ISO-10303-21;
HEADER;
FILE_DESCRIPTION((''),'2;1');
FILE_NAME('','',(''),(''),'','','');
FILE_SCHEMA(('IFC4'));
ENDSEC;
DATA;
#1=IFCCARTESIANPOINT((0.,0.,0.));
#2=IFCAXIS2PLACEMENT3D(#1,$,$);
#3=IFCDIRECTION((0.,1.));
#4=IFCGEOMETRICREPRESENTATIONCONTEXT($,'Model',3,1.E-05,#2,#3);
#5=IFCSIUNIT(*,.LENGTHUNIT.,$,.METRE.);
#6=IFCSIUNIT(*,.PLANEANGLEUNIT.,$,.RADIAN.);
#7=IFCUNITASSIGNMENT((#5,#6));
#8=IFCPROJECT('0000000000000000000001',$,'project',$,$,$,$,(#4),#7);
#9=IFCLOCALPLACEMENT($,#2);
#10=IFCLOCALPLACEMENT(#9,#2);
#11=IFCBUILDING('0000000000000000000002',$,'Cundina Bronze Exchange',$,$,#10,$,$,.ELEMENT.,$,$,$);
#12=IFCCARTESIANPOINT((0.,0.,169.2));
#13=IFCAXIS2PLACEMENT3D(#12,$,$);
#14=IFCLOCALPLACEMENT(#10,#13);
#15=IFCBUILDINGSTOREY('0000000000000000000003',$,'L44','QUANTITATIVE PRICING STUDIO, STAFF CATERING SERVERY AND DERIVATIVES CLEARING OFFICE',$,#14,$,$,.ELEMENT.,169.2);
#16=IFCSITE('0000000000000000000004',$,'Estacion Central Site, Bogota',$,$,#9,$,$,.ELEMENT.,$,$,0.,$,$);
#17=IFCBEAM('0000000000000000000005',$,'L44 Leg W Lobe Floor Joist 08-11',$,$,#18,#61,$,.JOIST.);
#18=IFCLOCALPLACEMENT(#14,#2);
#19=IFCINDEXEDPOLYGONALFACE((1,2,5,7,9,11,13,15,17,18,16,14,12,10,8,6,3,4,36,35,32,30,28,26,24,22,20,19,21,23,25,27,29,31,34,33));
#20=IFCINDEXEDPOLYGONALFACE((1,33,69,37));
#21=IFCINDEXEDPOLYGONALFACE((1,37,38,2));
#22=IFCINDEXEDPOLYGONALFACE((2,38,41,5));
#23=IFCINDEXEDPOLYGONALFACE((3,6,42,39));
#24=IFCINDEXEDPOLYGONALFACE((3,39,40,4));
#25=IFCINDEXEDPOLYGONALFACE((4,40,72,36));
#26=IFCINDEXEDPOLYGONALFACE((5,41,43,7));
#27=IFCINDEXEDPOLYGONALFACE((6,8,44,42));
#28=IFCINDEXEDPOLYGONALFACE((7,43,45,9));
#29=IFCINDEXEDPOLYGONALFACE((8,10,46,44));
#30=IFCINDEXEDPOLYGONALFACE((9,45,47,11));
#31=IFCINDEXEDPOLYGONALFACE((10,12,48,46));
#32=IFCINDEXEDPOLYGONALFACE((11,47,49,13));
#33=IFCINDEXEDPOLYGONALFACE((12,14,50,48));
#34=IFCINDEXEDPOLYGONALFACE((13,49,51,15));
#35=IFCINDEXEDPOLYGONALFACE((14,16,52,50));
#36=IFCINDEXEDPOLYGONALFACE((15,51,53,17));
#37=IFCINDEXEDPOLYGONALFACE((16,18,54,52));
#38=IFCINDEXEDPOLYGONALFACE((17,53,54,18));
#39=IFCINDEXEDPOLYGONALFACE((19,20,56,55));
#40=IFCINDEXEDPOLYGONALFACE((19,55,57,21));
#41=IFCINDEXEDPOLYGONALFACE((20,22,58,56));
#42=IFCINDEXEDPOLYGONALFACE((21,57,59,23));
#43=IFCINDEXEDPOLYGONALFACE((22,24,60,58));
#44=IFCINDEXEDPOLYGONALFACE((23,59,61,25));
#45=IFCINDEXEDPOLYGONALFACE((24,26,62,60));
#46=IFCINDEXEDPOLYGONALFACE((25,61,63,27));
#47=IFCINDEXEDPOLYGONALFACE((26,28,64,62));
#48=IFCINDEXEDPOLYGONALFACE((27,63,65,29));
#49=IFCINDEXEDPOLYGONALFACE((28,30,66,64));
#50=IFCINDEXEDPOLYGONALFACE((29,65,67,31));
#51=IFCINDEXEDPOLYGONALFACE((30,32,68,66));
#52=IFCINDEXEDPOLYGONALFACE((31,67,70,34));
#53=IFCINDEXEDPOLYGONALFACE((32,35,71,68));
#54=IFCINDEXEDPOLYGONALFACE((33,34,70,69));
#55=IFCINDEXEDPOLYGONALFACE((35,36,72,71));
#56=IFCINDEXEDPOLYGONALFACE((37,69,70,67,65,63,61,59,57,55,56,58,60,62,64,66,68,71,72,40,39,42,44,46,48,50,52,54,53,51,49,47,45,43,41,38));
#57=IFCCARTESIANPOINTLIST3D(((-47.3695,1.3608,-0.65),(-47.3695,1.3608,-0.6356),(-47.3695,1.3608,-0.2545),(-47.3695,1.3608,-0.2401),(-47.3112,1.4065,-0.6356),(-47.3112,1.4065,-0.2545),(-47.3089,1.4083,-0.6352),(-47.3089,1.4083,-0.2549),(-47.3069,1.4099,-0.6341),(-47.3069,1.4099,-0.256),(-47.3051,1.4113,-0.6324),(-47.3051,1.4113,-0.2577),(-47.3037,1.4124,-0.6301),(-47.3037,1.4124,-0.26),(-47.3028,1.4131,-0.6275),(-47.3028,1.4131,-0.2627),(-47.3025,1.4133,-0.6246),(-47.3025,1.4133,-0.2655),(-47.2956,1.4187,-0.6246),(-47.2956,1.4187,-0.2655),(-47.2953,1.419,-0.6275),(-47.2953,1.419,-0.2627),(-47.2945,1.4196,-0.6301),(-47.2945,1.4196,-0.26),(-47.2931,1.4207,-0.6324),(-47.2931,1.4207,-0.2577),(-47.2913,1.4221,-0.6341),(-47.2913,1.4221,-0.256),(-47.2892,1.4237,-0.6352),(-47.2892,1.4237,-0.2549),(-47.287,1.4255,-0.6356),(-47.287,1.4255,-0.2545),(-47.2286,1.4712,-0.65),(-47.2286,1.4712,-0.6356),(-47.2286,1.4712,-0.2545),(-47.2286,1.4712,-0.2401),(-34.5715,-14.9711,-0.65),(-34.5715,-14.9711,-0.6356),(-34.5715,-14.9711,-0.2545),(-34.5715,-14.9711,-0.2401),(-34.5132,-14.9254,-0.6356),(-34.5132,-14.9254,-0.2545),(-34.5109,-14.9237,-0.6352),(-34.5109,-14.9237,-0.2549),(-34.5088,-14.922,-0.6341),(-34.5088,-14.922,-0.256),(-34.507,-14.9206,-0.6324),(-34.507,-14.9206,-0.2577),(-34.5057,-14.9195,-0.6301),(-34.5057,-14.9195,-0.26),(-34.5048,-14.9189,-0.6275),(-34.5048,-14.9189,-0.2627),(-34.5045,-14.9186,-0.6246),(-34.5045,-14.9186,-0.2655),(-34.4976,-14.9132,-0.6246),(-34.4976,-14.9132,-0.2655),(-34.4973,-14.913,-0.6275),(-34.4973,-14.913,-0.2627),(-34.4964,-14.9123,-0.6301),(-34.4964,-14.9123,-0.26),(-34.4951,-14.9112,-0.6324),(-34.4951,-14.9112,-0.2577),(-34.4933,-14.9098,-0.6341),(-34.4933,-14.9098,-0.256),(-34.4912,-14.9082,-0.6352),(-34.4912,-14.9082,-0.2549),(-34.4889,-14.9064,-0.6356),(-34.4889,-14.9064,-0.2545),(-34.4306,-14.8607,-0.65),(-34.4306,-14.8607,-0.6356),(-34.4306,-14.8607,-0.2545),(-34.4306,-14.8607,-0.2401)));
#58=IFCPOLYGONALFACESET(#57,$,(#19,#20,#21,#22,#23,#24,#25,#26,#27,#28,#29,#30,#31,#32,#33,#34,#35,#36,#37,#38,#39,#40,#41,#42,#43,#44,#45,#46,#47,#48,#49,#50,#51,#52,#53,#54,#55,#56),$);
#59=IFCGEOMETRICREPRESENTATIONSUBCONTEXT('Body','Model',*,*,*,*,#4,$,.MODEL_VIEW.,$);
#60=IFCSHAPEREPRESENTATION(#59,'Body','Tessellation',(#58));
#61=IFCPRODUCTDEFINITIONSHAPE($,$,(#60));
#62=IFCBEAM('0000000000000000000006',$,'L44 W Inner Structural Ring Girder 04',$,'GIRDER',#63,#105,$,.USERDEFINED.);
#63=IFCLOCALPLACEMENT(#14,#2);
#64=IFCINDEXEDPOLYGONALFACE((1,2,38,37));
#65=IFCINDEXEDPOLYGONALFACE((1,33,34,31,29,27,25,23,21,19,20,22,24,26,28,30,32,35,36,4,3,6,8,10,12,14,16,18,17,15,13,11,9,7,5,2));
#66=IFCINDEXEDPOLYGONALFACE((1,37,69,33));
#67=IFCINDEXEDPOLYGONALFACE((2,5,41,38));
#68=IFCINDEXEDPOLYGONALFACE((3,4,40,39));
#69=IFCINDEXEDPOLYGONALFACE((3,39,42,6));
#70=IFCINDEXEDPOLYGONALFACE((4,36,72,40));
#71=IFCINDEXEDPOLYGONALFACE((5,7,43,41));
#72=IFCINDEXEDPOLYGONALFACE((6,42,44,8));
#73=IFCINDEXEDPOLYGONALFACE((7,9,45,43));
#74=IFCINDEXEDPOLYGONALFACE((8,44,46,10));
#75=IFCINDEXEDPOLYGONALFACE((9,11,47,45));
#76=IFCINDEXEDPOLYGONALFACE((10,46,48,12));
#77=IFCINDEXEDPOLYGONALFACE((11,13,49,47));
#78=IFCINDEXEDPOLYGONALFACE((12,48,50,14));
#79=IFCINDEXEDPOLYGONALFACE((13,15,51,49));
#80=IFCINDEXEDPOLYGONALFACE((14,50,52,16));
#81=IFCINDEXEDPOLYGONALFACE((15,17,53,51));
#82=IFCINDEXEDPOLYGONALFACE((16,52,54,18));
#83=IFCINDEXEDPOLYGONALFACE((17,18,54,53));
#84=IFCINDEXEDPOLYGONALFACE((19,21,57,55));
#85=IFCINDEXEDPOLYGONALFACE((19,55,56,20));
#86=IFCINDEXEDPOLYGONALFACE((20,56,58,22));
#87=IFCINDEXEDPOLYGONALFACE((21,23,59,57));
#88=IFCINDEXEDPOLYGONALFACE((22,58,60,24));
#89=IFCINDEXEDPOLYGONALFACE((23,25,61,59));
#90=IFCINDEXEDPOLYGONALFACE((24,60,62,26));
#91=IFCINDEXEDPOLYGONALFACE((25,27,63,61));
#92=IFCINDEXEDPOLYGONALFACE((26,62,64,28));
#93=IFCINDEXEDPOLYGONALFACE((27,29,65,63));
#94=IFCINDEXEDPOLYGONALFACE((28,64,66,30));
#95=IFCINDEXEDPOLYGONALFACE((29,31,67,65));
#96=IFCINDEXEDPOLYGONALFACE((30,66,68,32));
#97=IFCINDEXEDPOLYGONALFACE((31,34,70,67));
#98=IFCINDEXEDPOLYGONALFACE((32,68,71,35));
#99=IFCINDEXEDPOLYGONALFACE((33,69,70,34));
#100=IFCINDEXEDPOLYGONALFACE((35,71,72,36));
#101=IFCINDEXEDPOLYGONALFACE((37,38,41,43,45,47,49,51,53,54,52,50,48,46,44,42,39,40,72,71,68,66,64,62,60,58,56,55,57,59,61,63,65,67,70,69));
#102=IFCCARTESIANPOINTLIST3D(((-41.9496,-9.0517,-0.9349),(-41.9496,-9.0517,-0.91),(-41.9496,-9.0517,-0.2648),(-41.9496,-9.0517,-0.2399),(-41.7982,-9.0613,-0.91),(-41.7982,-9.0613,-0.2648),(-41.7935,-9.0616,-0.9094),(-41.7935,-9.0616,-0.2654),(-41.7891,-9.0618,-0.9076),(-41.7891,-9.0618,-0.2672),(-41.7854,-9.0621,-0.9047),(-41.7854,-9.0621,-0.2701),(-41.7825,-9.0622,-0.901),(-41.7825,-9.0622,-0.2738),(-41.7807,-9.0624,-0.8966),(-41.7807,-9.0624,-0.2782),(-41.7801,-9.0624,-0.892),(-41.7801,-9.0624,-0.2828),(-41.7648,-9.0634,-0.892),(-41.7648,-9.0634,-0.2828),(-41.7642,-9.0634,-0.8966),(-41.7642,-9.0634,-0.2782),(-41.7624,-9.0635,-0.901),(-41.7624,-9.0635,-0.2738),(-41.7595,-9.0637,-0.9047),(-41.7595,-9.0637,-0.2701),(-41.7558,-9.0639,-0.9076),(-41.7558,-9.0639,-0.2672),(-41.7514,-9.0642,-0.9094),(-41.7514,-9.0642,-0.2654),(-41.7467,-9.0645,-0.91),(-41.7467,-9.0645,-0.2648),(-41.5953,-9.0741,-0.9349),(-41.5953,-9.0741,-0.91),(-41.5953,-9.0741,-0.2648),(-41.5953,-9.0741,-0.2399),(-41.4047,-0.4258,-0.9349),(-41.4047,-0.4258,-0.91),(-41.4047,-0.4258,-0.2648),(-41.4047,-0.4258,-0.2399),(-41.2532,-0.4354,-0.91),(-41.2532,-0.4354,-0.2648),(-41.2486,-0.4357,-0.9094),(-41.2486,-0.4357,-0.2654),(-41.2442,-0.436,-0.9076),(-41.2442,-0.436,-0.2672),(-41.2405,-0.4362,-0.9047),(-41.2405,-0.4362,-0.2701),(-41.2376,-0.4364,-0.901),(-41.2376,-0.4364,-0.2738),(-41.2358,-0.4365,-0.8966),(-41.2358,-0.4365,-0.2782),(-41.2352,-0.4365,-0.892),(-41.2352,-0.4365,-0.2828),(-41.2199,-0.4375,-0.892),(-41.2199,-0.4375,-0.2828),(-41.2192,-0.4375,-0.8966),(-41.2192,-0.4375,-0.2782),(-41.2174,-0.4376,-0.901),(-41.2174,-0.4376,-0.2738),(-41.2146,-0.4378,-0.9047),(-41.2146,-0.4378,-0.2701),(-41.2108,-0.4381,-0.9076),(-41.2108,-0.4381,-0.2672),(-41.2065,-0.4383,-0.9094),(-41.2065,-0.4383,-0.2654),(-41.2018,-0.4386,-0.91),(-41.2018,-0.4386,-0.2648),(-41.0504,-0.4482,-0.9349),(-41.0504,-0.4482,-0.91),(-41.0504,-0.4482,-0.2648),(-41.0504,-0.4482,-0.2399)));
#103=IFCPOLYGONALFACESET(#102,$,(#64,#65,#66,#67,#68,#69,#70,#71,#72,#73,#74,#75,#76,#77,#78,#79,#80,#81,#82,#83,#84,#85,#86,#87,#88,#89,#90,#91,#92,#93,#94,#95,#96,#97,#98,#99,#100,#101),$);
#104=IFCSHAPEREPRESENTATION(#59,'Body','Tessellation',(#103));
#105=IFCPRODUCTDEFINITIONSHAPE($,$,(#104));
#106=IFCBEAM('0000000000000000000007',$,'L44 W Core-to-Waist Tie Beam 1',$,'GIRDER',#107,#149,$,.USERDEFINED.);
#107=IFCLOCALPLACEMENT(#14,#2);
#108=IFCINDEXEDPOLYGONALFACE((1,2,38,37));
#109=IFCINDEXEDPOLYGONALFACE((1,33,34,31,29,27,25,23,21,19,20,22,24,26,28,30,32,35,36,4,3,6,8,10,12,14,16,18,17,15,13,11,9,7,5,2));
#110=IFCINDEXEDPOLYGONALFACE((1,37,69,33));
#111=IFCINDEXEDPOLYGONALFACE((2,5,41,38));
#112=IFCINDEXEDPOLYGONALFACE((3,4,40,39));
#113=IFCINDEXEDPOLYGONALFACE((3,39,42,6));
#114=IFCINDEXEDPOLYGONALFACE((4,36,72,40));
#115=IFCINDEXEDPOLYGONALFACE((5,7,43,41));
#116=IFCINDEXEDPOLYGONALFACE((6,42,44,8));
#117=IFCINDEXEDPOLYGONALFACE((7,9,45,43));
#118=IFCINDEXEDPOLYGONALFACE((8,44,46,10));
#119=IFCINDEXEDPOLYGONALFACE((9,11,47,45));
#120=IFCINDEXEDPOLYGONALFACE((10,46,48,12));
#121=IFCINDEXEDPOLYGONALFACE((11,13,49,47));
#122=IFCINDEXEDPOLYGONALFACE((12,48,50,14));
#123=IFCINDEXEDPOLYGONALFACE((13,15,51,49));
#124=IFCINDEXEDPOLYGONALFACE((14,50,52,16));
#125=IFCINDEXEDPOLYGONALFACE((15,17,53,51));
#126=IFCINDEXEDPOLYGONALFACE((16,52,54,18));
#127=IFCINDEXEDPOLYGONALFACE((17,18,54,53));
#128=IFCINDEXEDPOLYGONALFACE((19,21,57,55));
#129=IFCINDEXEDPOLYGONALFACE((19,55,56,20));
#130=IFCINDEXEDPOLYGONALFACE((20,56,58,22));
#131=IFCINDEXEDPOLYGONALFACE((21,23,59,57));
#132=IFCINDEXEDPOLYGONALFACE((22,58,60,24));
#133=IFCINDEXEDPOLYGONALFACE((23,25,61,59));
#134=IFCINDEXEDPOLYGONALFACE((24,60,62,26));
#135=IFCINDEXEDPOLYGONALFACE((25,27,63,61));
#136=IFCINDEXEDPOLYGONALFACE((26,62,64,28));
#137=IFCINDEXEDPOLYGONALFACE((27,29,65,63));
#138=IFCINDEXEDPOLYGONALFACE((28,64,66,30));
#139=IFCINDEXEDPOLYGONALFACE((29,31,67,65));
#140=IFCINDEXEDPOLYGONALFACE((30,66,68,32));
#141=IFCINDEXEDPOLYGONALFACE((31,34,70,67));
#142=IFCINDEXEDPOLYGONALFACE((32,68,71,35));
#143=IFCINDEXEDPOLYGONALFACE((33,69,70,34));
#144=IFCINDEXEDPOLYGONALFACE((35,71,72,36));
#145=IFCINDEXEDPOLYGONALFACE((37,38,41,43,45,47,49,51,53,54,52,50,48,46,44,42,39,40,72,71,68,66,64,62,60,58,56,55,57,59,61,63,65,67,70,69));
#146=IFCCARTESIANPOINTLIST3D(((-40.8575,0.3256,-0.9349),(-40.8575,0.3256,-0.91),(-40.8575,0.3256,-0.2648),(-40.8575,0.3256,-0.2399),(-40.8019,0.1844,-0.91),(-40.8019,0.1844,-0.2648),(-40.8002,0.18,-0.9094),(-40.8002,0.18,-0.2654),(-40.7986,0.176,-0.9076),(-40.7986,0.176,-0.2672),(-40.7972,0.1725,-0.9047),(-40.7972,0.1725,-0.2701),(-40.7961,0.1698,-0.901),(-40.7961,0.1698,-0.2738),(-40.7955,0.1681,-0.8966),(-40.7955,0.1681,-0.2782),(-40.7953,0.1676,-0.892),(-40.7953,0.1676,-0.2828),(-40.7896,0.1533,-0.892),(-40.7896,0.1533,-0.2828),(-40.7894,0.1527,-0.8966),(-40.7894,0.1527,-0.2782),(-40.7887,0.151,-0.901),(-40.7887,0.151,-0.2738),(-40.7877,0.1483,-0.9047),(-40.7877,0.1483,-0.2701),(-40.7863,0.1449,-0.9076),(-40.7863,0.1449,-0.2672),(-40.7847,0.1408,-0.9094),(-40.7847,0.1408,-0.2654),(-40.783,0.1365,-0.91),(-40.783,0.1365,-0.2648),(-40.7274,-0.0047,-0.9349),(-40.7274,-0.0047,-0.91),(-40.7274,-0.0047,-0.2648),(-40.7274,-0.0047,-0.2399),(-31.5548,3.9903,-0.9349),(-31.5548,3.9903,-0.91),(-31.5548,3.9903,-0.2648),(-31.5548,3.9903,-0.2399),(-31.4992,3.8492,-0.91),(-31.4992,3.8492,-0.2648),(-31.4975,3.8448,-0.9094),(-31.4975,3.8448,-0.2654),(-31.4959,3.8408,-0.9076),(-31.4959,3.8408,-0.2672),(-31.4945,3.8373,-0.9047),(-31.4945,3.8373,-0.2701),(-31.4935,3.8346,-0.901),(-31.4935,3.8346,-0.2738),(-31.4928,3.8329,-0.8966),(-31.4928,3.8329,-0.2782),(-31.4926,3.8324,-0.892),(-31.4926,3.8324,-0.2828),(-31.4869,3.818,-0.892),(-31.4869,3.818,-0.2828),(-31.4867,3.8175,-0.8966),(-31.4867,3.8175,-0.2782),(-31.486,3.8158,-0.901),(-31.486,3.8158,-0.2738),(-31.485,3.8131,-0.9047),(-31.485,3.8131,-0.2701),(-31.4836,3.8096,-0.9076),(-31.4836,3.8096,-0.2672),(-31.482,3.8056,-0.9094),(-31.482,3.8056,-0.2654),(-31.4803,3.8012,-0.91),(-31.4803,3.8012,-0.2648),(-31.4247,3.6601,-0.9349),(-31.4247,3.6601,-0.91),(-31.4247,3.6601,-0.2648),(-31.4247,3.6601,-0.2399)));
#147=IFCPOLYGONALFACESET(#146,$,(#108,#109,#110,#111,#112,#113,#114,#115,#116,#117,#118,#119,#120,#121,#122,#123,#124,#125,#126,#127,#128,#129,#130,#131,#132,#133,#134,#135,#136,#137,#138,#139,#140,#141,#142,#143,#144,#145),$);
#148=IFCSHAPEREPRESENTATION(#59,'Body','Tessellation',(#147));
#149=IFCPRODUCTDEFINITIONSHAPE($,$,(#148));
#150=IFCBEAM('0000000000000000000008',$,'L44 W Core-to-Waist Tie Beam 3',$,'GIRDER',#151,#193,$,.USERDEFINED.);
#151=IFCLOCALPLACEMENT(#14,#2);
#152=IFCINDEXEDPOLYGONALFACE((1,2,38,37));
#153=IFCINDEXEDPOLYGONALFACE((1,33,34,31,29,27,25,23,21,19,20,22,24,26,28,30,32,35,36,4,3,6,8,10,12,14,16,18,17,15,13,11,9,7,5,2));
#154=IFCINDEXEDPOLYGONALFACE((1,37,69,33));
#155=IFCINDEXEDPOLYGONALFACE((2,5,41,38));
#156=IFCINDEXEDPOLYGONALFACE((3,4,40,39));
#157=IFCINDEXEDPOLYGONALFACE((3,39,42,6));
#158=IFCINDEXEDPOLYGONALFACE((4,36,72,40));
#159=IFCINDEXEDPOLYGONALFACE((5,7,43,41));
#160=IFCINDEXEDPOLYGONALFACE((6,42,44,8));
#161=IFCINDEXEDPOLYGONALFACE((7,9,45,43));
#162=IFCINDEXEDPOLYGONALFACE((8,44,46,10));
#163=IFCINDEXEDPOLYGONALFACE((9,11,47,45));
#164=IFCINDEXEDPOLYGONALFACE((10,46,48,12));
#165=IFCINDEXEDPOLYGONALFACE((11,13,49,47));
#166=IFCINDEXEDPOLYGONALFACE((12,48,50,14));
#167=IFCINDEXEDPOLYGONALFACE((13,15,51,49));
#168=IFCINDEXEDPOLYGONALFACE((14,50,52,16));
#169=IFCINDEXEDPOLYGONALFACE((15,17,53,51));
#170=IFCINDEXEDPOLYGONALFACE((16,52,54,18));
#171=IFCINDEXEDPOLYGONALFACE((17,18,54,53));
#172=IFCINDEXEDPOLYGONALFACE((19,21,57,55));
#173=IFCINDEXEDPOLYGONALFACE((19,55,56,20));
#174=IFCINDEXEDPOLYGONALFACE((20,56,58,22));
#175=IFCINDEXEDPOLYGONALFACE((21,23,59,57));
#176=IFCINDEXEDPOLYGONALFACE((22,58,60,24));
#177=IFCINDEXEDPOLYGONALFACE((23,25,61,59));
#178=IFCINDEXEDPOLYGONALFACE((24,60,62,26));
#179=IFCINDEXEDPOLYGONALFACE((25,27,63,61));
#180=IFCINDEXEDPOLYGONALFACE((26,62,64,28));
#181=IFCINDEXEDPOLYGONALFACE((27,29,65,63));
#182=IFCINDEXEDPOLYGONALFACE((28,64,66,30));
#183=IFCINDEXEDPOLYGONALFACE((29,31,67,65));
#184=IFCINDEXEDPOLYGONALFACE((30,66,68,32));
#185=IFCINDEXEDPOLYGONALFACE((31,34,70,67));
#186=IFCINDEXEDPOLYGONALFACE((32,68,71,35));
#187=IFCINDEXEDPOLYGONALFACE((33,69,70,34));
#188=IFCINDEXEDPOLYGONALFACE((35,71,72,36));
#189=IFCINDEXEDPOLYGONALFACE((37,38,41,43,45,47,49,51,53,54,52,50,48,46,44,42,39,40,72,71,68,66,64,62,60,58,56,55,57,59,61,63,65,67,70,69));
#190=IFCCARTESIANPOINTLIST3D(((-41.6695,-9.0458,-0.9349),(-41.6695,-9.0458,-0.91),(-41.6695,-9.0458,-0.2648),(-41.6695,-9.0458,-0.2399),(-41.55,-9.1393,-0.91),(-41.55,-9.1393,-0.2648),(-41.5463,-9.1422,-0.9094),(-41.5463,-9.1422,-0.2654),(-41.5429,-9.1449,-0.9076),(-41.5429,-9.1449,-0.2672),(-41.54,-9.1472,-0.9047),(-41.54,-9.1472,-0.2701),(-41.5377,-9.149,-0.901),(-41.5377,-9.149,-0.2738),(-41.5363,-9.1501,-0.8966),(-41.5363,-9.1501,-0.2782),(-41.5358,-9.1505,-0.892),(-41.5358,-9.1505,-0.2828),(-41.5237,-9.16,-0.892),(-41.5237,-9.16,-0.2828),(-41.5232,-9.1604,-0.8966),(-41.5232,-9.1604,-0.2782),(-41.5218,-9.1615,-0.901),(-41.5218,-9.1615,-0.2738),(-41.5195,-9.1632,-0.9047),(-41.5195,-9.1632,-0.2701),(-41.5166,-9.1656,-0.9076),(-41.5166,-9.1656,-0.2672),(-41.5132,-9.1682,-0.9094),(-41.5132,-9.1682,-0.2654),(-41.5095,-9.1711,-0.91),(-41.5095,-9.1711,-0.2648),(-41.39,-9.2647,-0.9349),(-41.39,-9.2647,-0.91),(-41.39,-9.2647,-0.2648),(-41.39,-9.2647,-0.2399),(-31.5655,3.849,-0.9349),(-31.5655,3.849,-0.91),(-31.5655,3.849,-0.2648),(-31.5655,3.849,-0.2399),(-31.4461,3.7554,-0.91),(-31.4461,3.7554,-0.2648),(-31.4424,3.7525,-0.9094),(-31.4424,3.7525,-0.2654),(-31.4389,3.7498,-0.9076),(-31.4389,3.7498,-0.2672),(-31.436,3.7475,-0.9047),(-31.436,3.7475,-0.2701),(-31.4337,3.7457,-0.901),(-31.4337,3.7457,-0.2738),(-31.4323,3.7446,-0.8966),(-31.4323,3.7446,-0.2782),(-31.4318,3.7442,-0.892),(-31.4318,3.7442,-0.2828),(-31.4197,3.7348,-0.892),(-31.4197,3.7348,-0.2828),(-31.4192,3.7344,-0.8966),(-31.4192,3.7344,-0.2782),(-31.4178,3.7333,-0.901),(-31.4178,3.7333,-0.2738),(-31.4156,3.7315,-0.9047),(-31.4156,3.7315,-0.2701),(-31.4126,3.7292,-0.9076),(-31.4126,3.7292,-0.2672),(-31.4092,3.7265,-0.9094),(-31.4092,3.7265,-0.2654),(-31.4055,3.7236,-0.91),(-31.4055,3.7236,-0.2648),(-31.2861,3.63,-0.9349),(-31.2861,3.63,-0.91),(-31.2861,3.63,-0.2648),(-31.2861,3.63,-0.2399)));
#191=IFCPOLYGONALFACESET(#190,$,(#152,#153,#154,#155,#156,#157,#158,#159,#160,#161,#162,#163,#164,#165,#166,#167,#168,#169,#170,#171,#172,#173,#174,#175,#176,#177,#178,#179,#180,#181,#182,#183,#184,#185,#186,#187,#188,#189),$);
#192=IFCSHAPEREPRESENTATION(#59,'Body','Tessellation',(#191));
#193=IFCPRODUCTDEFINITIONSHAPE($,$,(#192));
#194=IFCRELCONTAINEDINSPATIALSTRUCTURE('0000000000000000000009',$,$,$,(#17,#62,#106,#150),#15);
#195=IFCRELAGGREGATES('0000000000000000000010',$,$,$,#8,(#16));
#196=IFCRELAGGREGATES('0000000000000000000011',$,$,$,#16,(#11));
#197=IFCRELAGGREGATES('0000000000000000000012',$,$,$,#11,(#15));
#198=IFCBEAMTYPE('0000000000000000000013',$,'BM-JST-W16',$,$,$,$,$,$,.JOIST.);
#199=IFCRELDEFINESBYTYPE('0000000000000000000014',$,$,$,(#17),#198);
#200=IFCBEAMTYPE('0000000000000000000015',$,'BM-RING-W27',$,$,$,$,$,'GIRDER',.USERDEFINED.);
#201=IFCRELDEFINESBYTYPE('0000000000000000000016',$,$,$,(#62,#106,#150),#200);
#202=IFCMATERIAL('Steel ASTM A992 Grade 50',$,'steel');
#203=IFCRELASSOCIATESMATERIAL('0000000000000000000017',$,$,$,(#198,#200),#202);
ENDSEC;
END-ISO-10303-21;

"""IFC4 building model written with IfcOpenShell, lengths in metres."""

from ifc_helpers import new_model, si_unit, direction, frame, origin, origin_2d, place, context, subcontext, project, spatial, i_section, extrude, material, material_profile, profile_set, type_object, element, save


model = new_model("IFC4")

# Units and contexts
model_context = context("Model", 3, precision=1e-05, world=origin(), true_north=direction((0.0, 1.0)))
body_context = subcontext(model_context, "Body", "Model", "MODEL_VIEW")
ifc_project = project(units=[si_unit("LENGTHUNIT", "METRE"), si_unit("PLANEANGLEUNIT", "RADIAN")], contexts=[model_context])

# Site, building, storey
site_placement = place(None, origin())
site = spatial("IfcSite", under=ifc_project, at=site_placement, Name="Estacion Central Site, Bogota", CompositionType="ELEMENT", RefElevation=0.0)
building_placement = place(site_placement, origin())
building = spatial("IfcBuilding", under=site, at=building_placement, Name="Cundina Bronze Exchange", CompositionType="ELEMENT")
storey_placement = place(building_placement, frame((0.0, 0.0, 169.2)))
storey = spatial("IfcBuildingStorey", under=building, at=storey_placement, Name="L44", Description="QUANTITATIVE PRICING STUDIO, STAFF CATERING SERVERY AND DERIVATIVES CLEARING OFFICE", CompositionType="ELEMENT", Elevation=169.2)

# Shared definitions
ifc_material_1 = material(Name="Steel ASTM A992 Grade 50", Category="steel")

# Beams
ifc_material_profile_1 = material_profile(ifc_material_1, i_section(OverallWidth=0.179, OverallDepth=0.4099, WebThickness=0.0088, FlangeThickness=0.0144, FilletRadius=0.011, at=origin_2d()), Name="W16X45", Category="steel")
ifc_profile_set_1 = profile_set([ifc_material_profile_1], Name="Steel ASTM A992 Grade 50")
beam_type_1 = type_object("IfcBeamType", Name="BM-JST-W16", PredefinedType="JOIST", material=ifc_profile_set_1)
beam_1_placement = place(storey_placement, frame((-47.2991, 1.416, -0.4451), z_axis=(0.616801, -0.787119, 0.0), x_axis=(0.787119, 0.616801, 0.0)))
element("IfcBeam", 1, at=beam_1_placement, inside=storey, type_object=beam_type_1, Name="L44 Leg W Lobe Floor Joist 08-11", PredefinedType="JOIST", context=body_context, shape_type="SweptSolid", body=[
    extrude(i_section(OverallWidth=0.179, OverallDepth=0.4099, WebThickness=0.0088, FlangeThickness=0.0144, FilletRadius=0.011, at=origin_2d()), origin(), (0.0, 0.0, 1.0), 20.749),
])
ifc_material_profile_2 = material_profile(ifc_material_1, i_section(OverallWidth=0.355, OverallDepth=0.6951, WebThickness=0.0154, FlangeThickness=0.0249, FilletRadius=0.0181, at=origin_2d()), Name="W27X146", Category="steel")
ifc_profile_set_2 = profile_set([ifc_material_profile_2], Name="Steel ASTM A992 Grade 50")
beam_type_2 = type_object("IfcBeamType", Name="BM-RING-W27", ElementType="GIRDER", PredefinedType="USERDEFINED", material=ifc_profile_set_2)
beam_2_placement = place(storey_placement, frame((-41.2275, -0.437, -0.5874), z_axis=(-0.063047, -0.998011, 0.0), x_axis=(0.998011, -0.063047, 0.0)))
element("IfcBeam", 2, at=beam_2_placement, inside=storey, type_object=beam_type_2, Name="L44 W Inner Structural Ring Girder 04", ObjectType="GIRDER", PredefinedType="USERDEFINED", context=body_context, shape_type="SweptSolid", body=[
    extrude(i_section(OverallWidth=0.355, OverallDepth=0.6951, WebThickness=0.0154, FlangeThickness=0.0249, FilletRadius=0.0181, at=origin_2d()), origin(), (0.0, 0.0, 1.0), 8.6431),
])
beam_3_placement = place(storey_placement, frame((-31.4897, 3.8252, -0.5874), z_axis=(-0.930406, -0.366532, 0.0), x_axis=(0.366532, -0.930406, 0.0)))
element("IfcBeam", 3, at=beam_3_placement, inside=storey, type_object=beam_type_2, Name="L44 W Core-to-Waist Tie Beam 1", ObjectType="GIRDER", PredefinedType="USERDEFINED", context=body_context, shape_type="SweptSolid", body=[
    extrude(i_section(OverallWidth=0.355, OverallDepth=0.6951, WebThickness=0.0154, FlangeThickness=0.0249, FilletRadius=0.0181, at=origin_2d()), origin(), (0.0, 0.0, 1.0), 9.9985),
])
beam_4_placement = place(storey_placement, frame((-31.4258, 3.7395, -0.5874), z_axis=(-0.616779, -0.787136, 0.0), x_axis=(0.787136, -0.616779, 0.0)))
element("IfcBeam", 4, at=beam_4_placement, inside=storey, type_object=beam_type_2, Name="L44 W Core-to-Waist Tie Beam 3", ObjectType="GIRDER", PredefinedType="USERDEFINED", context=body_context, shape_type="SweptSolid", body=[
    extrude(i_section(OverallWidth=0.355, OverallDepth=0.6951, WebThickness=0.0154, FlangeThickness=0.0249, FilletRadius=0.0181, at=origin_2d()), origin(), (0.0, 0.0, 1.0), 16.3818),
])

save(model, "model.ifc")
